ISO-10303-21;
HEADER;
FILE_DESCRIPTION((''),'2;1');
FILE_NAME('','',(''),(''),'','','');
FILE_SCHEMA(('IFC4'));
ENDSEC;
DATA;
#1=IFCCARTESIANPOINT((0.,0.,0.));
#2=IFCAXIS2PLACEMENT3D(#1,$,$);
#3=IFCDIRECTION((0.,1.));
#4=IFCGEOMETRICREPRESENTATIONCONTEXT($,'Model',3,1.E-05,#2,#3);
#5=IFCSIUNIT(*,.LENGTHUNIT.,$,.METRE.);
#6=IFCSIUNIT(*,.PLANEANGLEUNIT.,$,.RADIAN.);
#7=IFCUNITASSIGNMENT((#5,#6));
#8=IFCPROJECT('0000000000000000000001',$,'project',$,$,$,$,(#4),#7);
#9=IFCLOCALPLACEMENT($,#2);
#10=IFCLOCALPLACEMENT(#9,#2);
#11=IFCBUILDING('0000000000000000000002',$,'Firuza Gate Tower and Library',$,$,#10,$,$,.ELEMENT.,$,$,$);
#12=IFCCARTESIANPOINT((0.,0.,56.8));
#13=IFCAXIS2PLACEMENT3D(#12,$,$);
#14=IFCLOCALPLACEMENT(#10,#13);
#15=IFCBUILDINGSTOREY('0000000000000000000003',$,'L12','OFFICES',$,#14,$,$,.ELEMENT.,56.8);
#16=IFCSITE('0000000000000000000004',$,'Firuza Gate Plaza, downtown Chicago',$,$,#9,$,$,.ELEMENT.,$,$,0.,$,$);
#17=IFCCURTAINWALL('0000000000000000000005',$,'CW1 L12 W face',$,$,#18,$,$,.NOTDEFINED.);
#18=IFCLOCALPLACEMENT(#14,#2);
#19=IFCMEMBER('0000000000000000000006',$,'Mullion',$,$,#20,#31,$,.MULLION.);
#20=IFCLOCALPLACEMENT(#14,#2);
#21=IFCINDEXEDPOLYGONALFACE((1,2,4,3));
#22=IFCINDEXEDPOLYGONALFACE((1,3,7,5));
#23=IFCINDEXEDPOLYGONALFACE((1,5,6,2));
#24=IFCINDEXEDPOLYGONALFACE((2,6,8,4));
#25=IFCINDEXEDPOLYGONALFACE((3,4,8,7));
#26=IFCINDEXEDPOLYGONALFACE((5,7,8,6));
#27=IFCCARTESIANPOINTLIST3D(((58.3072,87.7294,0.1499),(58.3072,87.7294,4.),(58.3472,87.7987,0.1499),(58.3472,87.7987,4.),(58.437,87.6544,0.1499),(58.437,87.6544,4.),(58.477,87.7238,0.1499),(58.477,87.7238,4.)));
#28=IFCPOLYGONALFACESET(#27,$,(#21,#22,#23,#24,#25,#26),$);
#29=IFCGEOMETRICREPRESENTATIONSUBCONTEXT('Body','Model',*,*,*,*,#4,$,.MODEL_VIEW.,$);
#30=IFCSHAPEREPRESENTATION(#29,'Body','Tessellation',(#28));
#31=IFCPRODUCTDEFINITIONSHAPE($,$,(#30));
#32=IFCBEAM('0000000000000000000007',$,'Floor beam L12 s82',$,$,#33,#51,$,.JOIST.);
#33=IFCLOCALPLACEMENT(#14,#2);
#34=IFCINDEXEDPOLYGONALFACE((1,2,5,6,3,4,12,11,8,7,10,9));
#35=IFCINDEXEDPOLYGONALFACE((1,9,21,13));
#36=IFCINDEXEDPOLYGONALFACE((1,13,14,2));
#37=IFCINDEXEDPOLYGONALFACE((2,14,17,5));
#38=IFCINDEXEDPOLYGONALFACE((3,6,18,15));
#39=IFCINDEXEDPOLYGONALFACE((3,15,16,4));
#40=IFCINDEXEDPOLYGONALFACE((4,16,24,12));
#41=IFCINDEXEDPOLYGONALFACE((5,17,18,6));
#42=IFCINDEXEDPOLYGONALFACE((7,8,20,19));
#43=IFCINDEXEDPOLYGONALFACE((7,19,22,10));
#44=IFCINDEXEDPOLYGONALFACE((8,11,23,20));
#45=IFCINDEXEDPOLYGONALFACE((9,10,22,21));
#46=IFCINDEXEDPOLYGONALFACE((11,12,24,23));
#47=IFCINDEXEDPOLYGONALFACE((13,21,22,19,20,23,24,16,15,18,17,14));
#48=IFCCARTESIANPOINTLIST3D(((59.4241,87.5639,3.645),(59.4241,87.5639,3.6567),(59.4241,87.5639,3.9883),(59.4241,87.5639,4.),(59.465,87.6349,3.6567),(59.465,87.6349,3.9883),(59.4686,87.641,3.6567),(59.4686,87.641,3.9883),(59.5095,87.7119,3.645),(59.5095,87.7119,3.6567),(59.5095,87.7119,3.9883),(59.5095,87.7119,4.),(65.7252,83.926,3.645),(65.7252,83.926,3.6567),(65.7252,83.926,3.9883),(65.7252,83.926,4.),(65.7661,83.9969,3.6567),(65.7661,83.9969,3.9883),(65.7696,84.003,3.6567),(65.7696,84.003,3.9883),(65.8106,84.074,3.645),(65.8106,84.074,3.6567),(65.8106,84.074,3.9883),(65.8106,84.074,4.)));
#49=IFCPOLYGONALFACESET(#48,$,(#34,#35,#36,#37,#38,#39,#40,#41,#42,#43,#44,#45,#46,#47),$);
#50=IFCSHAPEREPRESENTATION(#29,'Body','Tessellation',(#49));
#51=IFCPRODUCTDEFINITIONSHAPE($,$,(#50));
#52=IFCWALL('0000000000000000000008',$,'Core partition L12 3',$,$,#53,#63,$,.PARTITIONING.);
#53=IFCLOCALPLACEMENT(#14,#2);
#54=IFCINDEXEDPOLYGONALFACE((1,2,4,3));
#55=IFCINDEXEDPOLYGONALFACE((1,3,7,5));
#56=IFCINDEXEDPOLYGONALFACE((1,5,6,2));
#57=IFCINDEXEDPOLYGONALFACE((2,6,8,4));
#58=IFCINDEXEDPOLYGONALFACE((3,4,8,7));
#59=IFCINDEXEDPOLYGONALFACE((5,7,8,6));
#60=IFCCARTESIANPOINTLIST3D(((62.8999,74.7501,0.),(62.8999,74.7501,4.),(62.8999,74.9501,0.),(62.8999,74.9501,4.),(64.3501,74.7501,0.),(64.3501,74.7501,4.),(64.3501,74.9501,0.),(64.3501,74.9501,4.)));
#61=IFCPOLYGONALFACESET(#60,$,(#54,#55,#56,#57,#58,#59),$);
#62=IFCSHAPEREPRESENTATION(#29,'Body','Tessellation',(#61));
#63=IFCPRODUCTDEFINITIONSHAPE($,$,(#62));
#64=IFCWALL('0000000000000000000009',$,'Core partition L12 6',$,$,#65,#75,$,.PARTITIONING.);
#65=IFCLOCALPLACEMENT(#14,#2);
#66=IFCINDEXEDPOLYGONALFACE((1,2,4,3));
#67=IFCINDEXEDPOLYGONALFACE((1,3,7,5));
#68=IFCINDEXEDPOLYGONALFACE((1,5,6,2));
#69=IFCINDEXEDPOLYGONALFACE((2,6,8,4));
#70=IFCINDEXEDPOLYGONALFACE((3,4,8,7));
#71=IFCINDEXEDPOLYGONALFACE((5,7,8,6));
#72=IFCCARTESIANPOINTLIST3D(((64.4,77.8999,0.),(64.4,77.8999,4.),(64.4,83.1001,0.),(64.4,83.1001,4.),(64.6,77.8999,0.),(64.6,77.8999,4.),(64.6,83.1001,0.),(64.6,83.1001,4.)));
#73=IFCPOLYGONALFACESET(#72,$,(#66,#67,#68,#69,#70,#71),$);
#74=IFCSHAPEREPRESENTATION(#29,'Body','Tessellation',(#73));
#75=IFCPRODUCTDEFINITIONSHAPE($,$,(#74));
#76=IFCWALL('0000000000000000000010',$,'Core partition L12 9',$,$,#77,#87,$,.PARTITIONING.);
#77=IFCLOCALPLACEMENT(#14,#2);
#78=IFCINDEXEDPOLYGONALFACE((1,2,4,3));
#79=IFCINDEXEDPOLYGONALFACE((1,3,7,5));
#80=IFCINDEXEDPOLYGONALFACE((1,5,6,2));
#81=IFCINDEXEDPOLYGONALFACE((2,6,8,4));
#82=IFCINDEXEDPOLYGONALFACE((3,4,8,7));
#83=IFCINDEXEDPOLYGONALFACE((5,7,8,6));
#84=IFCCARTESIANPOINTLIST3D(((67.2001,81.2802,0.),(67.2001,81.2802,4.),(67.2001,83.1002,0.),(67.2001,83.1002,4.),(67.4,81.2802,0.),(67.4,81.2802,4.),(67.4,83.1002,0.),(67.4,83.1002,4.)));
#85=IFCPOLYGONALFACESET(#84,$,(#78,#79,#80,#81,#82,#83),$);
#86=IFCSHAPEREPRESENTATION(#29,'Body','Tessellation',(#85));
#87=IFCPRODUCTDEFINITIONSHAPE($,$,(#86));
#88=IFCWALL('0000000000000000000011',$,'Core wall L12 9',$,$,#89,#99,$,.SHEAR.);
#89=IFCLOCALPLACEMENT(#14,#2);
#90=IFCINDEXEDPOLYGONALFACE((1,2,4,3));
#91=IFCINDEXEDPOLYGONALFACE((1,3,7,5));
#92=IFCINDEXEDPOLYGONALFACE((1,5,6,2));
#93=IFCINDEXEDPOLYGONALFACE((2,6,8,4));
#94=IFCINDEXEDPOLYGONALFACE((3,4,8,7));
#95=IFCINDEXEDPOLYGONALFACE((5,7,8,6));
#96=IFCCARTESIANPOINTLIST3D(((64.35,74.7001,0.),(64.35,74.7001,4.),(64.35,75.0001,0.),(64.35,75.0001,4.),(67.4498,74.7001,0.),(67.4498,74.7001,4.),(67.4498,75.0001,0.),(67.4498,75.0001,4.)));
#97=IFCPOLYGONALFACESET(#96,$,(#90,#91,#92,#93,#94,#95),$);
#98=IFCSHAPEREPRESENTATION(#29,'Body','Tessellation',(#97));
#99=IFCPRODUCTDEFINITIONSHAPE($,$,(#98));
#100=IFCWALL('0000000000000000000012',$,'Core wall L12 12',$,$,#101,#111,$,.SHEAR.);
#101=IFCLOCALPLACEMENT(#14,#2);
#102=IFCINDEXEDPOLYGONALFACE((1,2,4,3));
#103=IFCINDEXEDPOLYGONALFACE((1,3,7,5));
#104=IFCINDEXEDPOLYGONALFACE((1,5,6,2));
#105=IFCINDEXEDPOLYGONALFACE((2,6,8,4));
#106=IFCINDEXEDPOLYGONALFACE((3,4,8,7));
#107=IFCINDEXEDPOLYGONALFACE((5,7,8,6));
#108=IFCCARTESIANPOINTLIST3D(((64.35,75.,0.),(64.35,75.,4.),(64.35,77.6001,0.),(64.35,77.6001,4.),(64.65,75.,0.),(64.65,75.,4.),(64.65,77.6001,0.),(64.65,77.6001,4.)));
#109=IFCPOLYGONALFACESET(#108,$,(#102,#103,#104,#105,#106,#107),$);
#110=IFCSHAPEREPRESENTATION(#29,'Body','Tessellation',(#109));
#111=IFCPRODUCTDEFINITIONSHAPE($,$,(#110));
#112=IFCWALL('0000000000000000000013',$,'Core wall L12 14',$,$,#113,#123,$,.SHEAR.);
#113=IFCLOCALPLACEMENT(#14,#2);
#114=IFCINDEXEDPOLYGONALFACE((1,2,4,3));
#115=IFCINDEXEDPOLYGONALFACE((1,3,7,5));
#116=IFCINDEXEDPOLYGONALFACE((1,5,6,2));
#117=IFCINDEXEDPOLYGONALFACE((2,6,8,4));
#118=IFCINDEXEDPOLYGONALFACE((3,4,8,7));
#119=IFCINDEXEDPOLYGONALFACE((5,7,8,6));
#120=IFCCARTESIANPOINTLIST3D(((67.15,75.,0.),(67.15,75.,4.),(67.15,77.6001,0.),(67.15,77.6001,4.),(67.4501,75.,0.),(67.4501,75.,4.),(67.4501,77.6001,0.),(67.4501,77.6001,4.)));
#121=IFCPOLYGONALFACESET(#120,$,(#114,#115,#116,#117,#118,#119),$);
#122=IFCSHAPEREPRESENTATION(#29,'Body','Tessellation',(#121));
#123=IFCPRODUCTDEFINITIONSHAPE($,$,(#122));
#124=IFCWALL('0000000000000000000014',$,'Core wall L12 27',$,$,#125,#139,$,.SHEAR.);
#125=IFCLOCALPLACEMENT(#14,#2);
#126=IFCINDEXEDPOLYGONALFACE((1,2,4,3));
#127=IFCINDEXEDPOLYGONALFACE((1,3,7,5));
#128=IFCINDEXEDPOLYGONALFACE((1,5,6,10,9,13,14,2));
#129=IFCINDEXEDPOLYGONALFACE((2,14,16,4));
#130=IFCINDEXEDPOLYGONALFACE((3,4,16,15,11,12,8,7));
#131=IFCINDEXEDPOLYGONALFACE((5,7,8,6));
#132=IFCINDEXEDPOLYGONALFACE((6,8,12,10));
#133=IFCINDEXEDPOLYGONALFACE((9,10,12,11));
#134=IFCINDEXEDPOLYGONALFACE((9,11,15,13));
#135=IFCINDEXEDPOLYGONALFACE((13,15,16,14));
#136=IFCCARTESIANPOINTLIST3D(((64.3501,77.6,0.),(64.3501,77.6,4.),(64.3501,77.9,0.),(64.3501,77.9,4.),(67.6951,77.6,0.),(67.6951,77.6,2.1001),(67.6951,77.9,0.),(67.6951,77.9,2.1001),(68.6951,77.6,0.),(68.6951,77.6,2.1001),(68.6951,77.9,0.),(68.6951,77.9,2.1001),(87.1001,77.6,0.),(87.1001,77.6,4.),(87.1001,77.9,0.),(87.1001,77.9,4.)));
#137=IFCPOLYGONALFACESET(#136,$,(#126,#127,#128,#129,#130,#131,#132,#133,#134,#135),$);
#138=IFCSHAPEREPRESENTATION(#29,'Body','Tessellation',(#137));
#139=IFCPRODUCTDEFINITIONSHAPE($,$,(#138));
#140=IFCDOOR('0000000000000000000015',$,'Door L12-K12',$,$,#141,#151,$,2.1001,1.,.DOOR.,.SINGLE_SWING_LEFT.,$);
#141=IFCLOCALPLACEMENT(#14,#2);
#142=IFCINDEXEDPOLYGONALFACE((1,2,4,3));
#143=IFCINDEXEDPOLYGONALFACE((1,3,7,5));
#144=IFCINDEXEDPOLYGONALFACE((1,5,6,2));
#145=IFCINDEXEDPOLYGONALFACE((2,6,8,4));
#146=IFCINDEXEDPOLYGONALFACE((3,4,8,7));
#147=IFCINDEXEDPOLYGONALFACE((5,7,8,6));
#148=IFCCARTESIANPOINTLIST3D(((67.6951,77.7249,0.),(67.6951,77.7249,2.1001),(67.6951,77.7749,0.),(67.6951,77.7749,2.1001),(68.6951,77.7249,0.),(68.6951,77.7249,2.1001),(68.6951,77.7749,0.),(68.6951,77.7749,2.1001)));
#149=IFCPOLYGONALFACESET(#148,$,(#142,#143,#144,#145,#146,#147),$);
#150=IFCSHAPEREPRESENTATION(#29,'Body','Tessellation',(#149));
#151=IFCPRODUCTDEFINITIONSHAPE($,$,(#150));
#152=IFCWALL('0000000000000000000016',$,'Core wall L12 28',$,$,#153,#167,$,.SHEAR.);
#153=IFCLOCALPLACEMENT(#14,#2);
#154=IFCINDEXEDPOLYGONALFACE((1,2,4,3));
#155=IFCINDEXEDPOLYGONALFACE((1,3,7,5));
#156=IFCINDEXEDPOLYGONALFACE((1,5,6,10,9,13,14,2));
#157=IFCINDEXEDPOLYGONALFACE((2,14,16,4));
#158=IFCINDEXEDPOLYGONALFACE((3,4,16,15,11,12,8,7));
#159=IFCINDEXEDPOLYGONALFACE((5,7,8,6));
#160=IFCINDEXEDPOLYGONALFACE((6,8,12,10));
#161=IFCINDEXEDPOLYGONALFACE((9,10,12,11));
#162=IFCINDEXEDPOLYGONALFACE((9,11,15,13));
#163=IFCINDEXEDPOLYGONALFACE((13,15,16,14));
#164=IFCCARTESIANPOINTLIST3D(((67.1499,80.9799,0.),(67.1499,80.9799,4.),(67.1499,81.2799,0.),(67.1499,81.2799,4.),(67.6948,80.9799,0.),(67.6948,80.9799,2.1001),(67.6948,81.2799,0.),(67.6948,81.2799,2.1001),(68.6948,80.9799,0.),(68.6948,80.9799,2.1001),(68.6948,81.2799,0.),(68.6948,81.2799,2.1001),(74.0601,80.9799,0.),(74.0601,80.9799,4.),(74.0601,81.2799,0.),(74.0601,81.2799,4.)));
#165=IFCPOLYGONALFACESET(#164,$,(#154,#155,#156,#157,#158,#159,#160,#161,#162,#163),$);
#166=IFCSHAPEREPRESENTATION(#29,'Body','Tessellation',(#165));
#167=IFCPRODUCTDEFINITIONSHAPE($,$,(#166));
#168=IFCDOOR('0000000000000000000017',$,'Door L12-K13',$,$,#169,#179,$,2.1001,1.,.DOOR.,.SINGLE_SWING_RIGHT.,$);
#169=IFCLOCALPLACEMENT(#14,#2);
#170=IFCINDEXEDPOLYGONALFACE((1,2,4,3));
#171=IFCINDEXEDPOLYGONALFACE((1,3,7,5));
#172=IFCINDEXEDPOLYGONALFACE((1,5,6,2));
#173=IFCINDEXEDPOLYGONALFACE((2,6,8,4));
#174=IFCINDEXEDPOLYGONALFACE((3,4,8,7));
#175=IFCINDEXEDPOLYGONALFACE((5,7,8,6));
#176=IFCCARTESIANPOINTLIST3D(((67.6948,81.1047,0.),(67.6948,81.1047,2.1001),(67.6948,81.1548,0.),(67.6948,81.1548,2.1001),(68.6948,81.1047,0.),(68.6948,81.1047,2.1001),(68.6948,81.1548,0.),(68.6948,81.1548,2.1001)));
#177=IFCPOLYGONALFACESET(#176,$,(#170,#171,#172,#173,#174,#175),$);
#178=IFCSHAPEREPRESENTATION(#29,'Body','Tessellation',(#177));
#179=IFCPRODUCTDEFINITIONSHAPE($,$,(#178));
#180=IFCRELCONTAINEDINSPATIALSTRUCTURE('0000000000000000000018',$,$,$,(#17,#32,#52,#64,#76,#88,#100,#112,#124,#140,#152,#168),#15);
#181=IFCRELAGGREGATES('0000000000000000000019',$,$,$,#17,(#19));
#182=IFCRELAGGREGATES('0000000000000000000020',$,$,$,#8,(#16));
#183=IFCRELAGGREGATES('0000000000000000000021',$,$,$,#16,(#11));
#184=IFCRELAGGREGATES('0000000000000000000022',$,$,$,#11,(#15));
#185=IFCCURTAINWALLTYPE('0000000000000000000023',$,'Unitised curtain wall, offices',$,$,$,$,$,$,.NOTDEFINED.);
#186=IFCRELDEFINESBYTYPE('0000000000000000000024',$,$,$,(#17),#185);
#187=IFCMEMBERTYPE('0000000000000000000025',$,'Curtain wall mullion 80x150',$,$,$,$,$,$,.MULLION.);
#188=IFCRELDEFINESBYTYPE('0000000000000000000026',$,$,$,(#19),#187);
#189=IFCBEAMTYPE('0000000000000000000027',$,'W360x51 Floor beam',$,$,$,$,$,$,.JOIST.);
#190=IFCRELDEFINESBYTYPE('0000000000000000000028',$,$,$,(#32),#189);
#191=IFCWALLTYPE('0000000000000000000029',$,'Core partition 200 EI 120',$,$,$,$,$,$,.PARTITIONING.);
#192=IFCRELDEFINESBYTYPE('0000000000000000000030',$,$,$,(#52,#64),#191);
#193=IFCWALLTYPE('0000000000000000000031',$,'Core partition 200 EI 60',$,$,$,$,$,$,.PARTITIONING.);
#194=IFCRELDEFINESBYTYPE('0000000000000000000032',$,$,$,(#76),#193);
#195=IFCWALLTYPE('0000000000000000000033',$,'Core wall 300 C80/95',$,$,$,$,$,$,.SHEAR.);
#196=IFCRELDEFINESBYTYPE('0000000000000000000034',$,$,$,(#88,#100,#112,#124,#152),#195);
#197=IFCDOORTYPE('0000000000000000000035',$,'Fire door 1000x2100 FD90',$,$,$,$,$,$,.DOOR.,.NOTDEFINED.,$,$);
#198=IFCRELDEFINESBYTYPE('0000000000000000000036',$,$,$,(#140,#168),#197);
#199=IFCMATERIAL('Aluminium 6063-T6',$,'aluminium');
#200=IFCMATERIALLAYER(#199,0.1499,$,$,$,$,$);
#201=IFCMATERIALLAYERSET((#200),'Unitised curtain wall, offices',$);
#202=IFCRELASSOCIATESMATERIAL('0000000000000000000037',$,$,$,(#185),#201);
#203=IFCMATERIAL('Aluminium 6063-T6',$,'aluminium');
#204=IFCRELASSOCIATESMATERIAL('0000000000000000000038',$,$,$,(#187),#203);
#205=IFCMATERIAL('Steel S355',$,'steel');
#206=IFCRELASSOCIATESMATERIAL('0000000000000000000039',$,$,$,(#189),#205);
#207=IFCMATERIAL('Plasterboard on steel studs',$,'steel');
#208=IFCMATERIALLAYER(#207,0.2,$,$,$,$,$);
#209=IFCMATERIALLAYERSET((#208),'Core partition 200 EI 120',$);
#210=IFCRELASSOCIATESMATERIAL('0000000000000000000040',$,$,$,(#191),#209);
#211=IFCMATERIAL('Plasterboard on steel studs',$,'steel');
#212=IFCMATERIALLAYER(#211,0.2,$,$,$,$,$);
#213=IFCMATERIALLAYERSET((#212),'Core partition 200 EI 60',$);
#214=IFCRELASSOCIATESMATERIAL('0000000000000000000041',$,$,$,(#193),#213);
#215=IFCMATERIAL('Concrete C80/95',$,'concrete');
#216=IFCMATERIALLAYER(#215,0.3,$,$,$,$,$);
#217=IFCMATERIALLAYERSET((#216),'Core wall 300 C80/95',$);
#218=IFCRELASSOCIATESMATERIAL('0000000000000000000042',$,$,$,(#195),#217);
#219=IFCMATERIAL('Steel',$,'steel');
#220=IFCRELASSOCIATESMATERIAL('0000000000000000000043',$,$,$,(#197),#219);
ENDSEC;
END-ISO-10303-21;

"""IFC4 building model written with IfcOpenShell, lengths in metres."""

from ifc_helpers import new_model, si_unit, direction, frame, frame_2d, origin, origin_2d, place, context, subcontext, project, spatial, rectangle, i_section, extrude, material, layer, layer_set, material_profile, profile_set, type_object, element, fill, aggregate, save


model = new_model("IFC4")

# Units and contexts
model_context = context("Model", 3, precision=1e-05, world=origin(), true_north=direction((0.0, 1.0)))
body_context = subcontext(model_context, "Body", "Model", "MODEL_VIEW")
ifc_project = project(units=[si_unit("LENGTHUNIT", "METRE"), si_unit("PLANEANGLEUNIT", "RADIAN")], contexts=[model_context])

# Site, building, storey
site_placement = place(None, origin())
site = spatial("IfcSite", under=ifc_project, at=site_placement, Name="Firuza Gate Plaza, downtown Chicago", CompositionType="ELEMENT", RefElevation=0.0)
building_placement = place(site_placement, origin())
building = spatial("IfcBuilding", under=site, at=building_placement, Name="Firuza Gate Tower and Library", CompositionType="ELEMENT")
storey_placement = place(building_placement, frame((0.0, 0.0, 56.8)))
storey = spatial("IfcBuildingStorey", under=building, at=storey_placement, Name="L12", Description="OFFICES", CompositionType="ELEMENT", Elevation=56.8)

# Curtain wall, member
ifc_material_1 = material(Name="Aluminium 6063-T6", Category="aluminium")
ifc_layer_1 = layer(ifc_material_1, 0.1499)
ifc_layer_set_1 = layer_set([ifc_layer_1], Name="Unitised curtain wall, offices")
curtain_wall_type = type_object("IfcCurtainWallType", Name="Unitised curtain wall, offices", PredefinedType="NOTDEFINED", material=ifc_layer_set_1)
curtain_wall_placement = place(storey_placement, origin())
curtain_wall = element("IfcCurtainWall", 1, at=curtain_wall_placement, inside=storey, type_object=curtain_wall_type, Name="CW1 L12 W face", PredefinedType="NOTDEFINED")
ifc_material_2 = material(Name="Aluminium 6063-T6", Category="aluminium")
ifc_material_profile_1 = material_profile(ifc_material_2, rectangle(XDim=0.1499, YDim=0.0801, at=origin_2d()))
ifc_profile_set_1 = profile_set([ifc_material_profile_1], Name="Aluminium 6063-T6")
member_type = type_object("IfcMemberType", Name="Curtain wall mullion 80x150", PredefinedType="MULLION", material=ifc_profile_set_1)
member_placement = place(storey_placement, frame((58.3921, 87.7266, 0.1499), z_axis=(0.0, 0.0, 1.0), x_axis=(0.866025, -0.5, 0.0)))
member = element("IfcMember", 2, at=member_placement, type_object=member_type, Name="Mullion", PredefinedType="MULLION", context=body_context, shape_type="SweptSolid", body=[
    extrude(rectangle(XDim=0.1499, YDim=0.0801, at=origin_2d()), origin(), (0.0, 0.0, 1.0), 3.8501),
])
aggregate(curtain_wall, [member])

# Beam
ifc_material_3 = material(Name="Steel S355", Category="steel")
ifc_material_profile_2 = material_profile(ifc_material_3, i_section(OverallWidth=0.1709, OverallDepth=0.355, WebThickness=0.0071, FlangeThickness=0.0117, at=origin_2d()))
ifc_profile_set_2 = profile_set([ifc_material_profile_2], Name="Steel S355")
beam_type = type_object("IfcBeamType", Name="W360x51 Floor beam", PredefinedType="JOIST", material=ifc_profile_set_2)
beam_placement = place(storey_placement, frame((59.4668, 87.6379, 3.8225), z_axis=(0.866023, -0.500004, 0.0), x_axis=(0.500004, 0.866023, 0.0)))
element("IfcBeam", 3, at=beam_placement, inside=storey, type_object=beam_type, Name="Floor beam L12 s82", PredefinedType="JOIST", context=body_context, shape_type="SweptSolid", body=[
    extrude(i_section(OverallWidth=0.1709, OverallDepth=0.355, WebThickness=0.0071, FlangeThickness=0.0117, at=origin_2d()), origin(), (0.0, 0.0, 1.0), 7.2759),
])

# Walls
ifc_material_4 = material(Name="Plasterboard on steel studs", Category="steel")
ifc_layer_2 = layer(ifc_material_4, 0.2)
ifc_layer_set_2 = layer_set([ifc_layer_2], Name="Core partition 200 EI 120")
wall_type_1 = type_object("IfcWallType", Name="Core partition 200 EI 120", PredefinedType="PARTITIONING", material=ifc_layer_set_2)
wall_1_placement = place(storey_placement, frame((62.8999, 74.8501, 0.0), z_axis=(0.0, 0.0, 1.0), x_axis=(1.0, 0.0, 0.0)))
element("IfcWall", 4, at=wall_1_placement, inside=storey, type_object=wall_type_1, Name="Core partition L12 3", PredefinedType="PARTITIONING", context=body_context, shape_type="SweptSolid", body=[
    extrude(rectangle(XDim=1.4502, YDim=0.2, at=frame_2d((0.7251, 0.0))), origin(), (0.0, 0.0, 1.0), 4.0),
])
wall_2_placement = place(storey_placement, frame((64.5, 77.8999, 0.0), z_axis=(0.0, 0.0, 1.0), x_axis=(0.0, 1.0, 0.0)))
element("IfcWall", 5, at=wall_2_placement, inside=storey, type_object=wall_type_1, Name="Core partition L12 6", PredefinedType="PARTITIONING", context=body_context, shape_type="SweptSolid", body=[
    extrude(rectangle(XDim=5.2002, YDim=0.2, at=frame_2d((2.6001, 0.0))), origin(), (0.0, 0.0, 1.0), 4.0),
])
ifc_material_5 = material(Name="Plasterboard on steel studs", Category="steel")
ifc_layer_3 = layer(ifc_material_5, 0.2)
ifc_layer_set_3 = layer_set([ifc_layer_3], Name="Core partition 200 EI 60")
wall_type_2 = type_object("IfcWallType", Name="Core partition 200 EI 60", PredefinedType="PARTITIONING", material=ifc_layer_set_3)
wall_3_placement = place(storey_placement, frame((67.3, 81.28, 0.0), z_axis=(0.0, 0.0, 1.0), x_axis=(0.0, 1.0, 0.0)))
element("IfcWall", 6, at=wall_3_placement, inside=storey, type_object=wall_type_2, Name="Core partition L12 9", PredefinedType="PARTITIONING", context=body_context, shape_type="SweptSolid", body=[
    extrude(rectangle(XDim=1.8201, YDim=0.2, at=frame_2d((0.9102, 0.0))), origin(), (0.0, 0.0, 1.0), 4.0),
])
ifc_material_6 = material(Name="Concrete C80/95", Category="concrete")
ifc_layer_4 = layer(ifc_material_6, 0.3)
ifc_layer_set_4 = layer_set([ifc_layer_4], Name="Core wall 300 C80/95")
wall_type_3 = type_object("IfcWallType", Name="Core wall 300 C80/95", PredefinedType="SHEAR", material=ifc_layer_set_4)
wall_4_placement = place(storey_placement, frame((64.3501, 74.8501, 0.0), z_axis=(0.0, 0.0, 1.0), x_axis=(1.0, 0.0, 0.0)))
element("IfcWall", 7, at=wall_4_placement, inside=storey, type_object=wall_type_3, Name="Core wall L12 9", PredefinedType="SHEAR", context=body_context, shape_type="SweptSolid", body=[
    extrude(rectangle(XDim=3.0999, YDim=0.3, at=frame_2d((1.5498, 0.0))), origin(), (0.0, 0.0, 1.0), 4.0),
])
for number, where, z_axis, x_axis, name in (
    (8, (64.5, 75.0, 0.0), (0.0, 0.0, 1.0), (0.0, 1.0, 0.0), "Core wall L12 12"),
    (9, (67.3, 75.0, 0.0), (0.0, 0.0, 1.0), (0.0, 1.0, 0.0), "Core wall L12 14"),
):
    element("IfcWall", number, at=place(storey_placement, frame(where, z_axis=z_axis, x_axis=x_axis)), inside=storey, type_object=wall_type_3, Name=name, PredefinedType="SHEAR", context=body_context, shape_type="SweptSolid", body=[
        extrude(rectangle(XDim=2.6001, YDim=0.3, at=frame_2d((1.3, 0.0))), origin(), (0.0, 0.0, 1.0), 4.0),
    ])

# Walls, openings, doors
wall_5_placement = place(storey_placement, frame((64.3501, 77.75, 0.0), z_axis=(0.0, 0.0, 1.0), x_axis=(1.0, 0.0, 0.0)))
wall_5 = element("IfcWall", 10, at=wall_5_placement, inside=storey, type_object=wall_type_3, Name="Core wall L12 27", PredefinedType="SHEAR", context=body_context, shape_type="SweptSolid", body=[
    extrude(rectangle(XDim=22.75, YDim=0.3, at=frame_2d((11.375, 0.0))), origin(), (0.0, 0.0, 1.0), 4.0),
])
opening_1_placement = place(wall_5_placement, frame((3.345, 0.0, 0.0)))
opening_1 = element("IfcOpeningElement", 11, at=opening_1_placement, cuts=wall_5, PredefinedType="OPENING", context=body_context, shape_type="SweptSolid", body=[
    extrude(rectangle(XDim=1.0, YDim=2.1001, at=frame_2d((0.5, 1.05))), frame((0.0, 0.1602, 0.0), z_axis=(0.0, -1.0, 0.0), x_axis=(1.0, 0.0, 0.0)), (0.0, 0.0, 1.0), 0.3201),
])
ifc_material_7 = material(Name="Steel", Category="steel")
door_type_1 = type_object("IfcDoorType", Name="Fire door 1000x2100 FD90", OperationType="NOTDEFINED", PredefinedType="DOOR", material=ifc_material_7)
door_1_placement = place(opening_1_placement, origin())
door_1 = element("IfcDoor", 12, at=door_1_placement, inside=storey, type_object=door_type_1, Name="Door L12-K12", OperationType="SINGLE_SWING_LEFT", OverallHeight=2.1001, OverallWidth=1.0, PredefinedType="DOOR", context=body_context, shape_type="SweptSolid", body=[
    extrude(rectangle(XDim=1.0, YDim=2.1001, at=frame_2d((0.5, 1.05))), frame((0.0, 0.0249, 0.0), z_axis=(0.0, -1.0, 0.0), x_axis=(1.0, 0.0, 0.0)), (0.0, 0.0, 1.0), 0.05),
])
fill(opening_1, door_1)
wall_6_placement = place(storey_placement, frame((67.1499, 81.1299, 0.0), z_axis=(0.0, 0.0, 1.0), x_axis=(1.0, 0.0, 0.0)))
wall_6 = element("IfcWall", 13, at=wall_6_placement, inside=storey, type_object=wall_type_3, Name="Core wall L12 28", PredefinedType="SHEAR", context=body_context, shape_type="SweptSolid", body=[
    extrude(rectangle(XDim=6.9102, YDim=0.3, at=frame_2d((3.4551, 0.0))), origin(), (0.0, 0.0, 1.0), 4.0),
])
opening_2_placement = place(wall_6_placement, frame((0.5449, 0.0, 0.0)))
opening_2 = element("IfcOpeningElement", 14, at=opening_2_placement, cuts=wall_6, PredefinedType="OPENING", context=body_context, shape_type="SweptSolid", body=[
    extrude(rectangle(XDim=1.0, YDim=2.1001, at=frame_2d((0.5, 1.05))), frame((0.0, 0.1602, 0.0), z_axis=(0.0, -1.0, 0.0), x_axis=(1.0, 0.0, 0.0)), (0.0, 0.0, 1.0), 0.3201),
])
door_2_placement = place(opening_2_placement, origin())
door_2 = element("IfcDoor", 15, at=door_2_placement, inside=storey, type_object=door_type_1, Name="Door L12-K13", OperationType="SINGLE_SWING_RIGHT", OverallHeight=2.1001, OverallWidth=1.0, PredefinedType="DOOR", context=body_context, shape_type="SweptSolid", body=[
    extrude(rectangle(XDim=1.0, YDim=2.1001, at=frame_2d((0.5, 1.05))), frame((0.0, 0.0249, 0.0), z_axis=(0.0, -1.0, 0.0), x_axis=(1.0, 0.0, 0.0)), (0.0, 0.0, 1.0), 0.05),
])
fill(opening_2, door_2)

save(model, "model.ifc")
